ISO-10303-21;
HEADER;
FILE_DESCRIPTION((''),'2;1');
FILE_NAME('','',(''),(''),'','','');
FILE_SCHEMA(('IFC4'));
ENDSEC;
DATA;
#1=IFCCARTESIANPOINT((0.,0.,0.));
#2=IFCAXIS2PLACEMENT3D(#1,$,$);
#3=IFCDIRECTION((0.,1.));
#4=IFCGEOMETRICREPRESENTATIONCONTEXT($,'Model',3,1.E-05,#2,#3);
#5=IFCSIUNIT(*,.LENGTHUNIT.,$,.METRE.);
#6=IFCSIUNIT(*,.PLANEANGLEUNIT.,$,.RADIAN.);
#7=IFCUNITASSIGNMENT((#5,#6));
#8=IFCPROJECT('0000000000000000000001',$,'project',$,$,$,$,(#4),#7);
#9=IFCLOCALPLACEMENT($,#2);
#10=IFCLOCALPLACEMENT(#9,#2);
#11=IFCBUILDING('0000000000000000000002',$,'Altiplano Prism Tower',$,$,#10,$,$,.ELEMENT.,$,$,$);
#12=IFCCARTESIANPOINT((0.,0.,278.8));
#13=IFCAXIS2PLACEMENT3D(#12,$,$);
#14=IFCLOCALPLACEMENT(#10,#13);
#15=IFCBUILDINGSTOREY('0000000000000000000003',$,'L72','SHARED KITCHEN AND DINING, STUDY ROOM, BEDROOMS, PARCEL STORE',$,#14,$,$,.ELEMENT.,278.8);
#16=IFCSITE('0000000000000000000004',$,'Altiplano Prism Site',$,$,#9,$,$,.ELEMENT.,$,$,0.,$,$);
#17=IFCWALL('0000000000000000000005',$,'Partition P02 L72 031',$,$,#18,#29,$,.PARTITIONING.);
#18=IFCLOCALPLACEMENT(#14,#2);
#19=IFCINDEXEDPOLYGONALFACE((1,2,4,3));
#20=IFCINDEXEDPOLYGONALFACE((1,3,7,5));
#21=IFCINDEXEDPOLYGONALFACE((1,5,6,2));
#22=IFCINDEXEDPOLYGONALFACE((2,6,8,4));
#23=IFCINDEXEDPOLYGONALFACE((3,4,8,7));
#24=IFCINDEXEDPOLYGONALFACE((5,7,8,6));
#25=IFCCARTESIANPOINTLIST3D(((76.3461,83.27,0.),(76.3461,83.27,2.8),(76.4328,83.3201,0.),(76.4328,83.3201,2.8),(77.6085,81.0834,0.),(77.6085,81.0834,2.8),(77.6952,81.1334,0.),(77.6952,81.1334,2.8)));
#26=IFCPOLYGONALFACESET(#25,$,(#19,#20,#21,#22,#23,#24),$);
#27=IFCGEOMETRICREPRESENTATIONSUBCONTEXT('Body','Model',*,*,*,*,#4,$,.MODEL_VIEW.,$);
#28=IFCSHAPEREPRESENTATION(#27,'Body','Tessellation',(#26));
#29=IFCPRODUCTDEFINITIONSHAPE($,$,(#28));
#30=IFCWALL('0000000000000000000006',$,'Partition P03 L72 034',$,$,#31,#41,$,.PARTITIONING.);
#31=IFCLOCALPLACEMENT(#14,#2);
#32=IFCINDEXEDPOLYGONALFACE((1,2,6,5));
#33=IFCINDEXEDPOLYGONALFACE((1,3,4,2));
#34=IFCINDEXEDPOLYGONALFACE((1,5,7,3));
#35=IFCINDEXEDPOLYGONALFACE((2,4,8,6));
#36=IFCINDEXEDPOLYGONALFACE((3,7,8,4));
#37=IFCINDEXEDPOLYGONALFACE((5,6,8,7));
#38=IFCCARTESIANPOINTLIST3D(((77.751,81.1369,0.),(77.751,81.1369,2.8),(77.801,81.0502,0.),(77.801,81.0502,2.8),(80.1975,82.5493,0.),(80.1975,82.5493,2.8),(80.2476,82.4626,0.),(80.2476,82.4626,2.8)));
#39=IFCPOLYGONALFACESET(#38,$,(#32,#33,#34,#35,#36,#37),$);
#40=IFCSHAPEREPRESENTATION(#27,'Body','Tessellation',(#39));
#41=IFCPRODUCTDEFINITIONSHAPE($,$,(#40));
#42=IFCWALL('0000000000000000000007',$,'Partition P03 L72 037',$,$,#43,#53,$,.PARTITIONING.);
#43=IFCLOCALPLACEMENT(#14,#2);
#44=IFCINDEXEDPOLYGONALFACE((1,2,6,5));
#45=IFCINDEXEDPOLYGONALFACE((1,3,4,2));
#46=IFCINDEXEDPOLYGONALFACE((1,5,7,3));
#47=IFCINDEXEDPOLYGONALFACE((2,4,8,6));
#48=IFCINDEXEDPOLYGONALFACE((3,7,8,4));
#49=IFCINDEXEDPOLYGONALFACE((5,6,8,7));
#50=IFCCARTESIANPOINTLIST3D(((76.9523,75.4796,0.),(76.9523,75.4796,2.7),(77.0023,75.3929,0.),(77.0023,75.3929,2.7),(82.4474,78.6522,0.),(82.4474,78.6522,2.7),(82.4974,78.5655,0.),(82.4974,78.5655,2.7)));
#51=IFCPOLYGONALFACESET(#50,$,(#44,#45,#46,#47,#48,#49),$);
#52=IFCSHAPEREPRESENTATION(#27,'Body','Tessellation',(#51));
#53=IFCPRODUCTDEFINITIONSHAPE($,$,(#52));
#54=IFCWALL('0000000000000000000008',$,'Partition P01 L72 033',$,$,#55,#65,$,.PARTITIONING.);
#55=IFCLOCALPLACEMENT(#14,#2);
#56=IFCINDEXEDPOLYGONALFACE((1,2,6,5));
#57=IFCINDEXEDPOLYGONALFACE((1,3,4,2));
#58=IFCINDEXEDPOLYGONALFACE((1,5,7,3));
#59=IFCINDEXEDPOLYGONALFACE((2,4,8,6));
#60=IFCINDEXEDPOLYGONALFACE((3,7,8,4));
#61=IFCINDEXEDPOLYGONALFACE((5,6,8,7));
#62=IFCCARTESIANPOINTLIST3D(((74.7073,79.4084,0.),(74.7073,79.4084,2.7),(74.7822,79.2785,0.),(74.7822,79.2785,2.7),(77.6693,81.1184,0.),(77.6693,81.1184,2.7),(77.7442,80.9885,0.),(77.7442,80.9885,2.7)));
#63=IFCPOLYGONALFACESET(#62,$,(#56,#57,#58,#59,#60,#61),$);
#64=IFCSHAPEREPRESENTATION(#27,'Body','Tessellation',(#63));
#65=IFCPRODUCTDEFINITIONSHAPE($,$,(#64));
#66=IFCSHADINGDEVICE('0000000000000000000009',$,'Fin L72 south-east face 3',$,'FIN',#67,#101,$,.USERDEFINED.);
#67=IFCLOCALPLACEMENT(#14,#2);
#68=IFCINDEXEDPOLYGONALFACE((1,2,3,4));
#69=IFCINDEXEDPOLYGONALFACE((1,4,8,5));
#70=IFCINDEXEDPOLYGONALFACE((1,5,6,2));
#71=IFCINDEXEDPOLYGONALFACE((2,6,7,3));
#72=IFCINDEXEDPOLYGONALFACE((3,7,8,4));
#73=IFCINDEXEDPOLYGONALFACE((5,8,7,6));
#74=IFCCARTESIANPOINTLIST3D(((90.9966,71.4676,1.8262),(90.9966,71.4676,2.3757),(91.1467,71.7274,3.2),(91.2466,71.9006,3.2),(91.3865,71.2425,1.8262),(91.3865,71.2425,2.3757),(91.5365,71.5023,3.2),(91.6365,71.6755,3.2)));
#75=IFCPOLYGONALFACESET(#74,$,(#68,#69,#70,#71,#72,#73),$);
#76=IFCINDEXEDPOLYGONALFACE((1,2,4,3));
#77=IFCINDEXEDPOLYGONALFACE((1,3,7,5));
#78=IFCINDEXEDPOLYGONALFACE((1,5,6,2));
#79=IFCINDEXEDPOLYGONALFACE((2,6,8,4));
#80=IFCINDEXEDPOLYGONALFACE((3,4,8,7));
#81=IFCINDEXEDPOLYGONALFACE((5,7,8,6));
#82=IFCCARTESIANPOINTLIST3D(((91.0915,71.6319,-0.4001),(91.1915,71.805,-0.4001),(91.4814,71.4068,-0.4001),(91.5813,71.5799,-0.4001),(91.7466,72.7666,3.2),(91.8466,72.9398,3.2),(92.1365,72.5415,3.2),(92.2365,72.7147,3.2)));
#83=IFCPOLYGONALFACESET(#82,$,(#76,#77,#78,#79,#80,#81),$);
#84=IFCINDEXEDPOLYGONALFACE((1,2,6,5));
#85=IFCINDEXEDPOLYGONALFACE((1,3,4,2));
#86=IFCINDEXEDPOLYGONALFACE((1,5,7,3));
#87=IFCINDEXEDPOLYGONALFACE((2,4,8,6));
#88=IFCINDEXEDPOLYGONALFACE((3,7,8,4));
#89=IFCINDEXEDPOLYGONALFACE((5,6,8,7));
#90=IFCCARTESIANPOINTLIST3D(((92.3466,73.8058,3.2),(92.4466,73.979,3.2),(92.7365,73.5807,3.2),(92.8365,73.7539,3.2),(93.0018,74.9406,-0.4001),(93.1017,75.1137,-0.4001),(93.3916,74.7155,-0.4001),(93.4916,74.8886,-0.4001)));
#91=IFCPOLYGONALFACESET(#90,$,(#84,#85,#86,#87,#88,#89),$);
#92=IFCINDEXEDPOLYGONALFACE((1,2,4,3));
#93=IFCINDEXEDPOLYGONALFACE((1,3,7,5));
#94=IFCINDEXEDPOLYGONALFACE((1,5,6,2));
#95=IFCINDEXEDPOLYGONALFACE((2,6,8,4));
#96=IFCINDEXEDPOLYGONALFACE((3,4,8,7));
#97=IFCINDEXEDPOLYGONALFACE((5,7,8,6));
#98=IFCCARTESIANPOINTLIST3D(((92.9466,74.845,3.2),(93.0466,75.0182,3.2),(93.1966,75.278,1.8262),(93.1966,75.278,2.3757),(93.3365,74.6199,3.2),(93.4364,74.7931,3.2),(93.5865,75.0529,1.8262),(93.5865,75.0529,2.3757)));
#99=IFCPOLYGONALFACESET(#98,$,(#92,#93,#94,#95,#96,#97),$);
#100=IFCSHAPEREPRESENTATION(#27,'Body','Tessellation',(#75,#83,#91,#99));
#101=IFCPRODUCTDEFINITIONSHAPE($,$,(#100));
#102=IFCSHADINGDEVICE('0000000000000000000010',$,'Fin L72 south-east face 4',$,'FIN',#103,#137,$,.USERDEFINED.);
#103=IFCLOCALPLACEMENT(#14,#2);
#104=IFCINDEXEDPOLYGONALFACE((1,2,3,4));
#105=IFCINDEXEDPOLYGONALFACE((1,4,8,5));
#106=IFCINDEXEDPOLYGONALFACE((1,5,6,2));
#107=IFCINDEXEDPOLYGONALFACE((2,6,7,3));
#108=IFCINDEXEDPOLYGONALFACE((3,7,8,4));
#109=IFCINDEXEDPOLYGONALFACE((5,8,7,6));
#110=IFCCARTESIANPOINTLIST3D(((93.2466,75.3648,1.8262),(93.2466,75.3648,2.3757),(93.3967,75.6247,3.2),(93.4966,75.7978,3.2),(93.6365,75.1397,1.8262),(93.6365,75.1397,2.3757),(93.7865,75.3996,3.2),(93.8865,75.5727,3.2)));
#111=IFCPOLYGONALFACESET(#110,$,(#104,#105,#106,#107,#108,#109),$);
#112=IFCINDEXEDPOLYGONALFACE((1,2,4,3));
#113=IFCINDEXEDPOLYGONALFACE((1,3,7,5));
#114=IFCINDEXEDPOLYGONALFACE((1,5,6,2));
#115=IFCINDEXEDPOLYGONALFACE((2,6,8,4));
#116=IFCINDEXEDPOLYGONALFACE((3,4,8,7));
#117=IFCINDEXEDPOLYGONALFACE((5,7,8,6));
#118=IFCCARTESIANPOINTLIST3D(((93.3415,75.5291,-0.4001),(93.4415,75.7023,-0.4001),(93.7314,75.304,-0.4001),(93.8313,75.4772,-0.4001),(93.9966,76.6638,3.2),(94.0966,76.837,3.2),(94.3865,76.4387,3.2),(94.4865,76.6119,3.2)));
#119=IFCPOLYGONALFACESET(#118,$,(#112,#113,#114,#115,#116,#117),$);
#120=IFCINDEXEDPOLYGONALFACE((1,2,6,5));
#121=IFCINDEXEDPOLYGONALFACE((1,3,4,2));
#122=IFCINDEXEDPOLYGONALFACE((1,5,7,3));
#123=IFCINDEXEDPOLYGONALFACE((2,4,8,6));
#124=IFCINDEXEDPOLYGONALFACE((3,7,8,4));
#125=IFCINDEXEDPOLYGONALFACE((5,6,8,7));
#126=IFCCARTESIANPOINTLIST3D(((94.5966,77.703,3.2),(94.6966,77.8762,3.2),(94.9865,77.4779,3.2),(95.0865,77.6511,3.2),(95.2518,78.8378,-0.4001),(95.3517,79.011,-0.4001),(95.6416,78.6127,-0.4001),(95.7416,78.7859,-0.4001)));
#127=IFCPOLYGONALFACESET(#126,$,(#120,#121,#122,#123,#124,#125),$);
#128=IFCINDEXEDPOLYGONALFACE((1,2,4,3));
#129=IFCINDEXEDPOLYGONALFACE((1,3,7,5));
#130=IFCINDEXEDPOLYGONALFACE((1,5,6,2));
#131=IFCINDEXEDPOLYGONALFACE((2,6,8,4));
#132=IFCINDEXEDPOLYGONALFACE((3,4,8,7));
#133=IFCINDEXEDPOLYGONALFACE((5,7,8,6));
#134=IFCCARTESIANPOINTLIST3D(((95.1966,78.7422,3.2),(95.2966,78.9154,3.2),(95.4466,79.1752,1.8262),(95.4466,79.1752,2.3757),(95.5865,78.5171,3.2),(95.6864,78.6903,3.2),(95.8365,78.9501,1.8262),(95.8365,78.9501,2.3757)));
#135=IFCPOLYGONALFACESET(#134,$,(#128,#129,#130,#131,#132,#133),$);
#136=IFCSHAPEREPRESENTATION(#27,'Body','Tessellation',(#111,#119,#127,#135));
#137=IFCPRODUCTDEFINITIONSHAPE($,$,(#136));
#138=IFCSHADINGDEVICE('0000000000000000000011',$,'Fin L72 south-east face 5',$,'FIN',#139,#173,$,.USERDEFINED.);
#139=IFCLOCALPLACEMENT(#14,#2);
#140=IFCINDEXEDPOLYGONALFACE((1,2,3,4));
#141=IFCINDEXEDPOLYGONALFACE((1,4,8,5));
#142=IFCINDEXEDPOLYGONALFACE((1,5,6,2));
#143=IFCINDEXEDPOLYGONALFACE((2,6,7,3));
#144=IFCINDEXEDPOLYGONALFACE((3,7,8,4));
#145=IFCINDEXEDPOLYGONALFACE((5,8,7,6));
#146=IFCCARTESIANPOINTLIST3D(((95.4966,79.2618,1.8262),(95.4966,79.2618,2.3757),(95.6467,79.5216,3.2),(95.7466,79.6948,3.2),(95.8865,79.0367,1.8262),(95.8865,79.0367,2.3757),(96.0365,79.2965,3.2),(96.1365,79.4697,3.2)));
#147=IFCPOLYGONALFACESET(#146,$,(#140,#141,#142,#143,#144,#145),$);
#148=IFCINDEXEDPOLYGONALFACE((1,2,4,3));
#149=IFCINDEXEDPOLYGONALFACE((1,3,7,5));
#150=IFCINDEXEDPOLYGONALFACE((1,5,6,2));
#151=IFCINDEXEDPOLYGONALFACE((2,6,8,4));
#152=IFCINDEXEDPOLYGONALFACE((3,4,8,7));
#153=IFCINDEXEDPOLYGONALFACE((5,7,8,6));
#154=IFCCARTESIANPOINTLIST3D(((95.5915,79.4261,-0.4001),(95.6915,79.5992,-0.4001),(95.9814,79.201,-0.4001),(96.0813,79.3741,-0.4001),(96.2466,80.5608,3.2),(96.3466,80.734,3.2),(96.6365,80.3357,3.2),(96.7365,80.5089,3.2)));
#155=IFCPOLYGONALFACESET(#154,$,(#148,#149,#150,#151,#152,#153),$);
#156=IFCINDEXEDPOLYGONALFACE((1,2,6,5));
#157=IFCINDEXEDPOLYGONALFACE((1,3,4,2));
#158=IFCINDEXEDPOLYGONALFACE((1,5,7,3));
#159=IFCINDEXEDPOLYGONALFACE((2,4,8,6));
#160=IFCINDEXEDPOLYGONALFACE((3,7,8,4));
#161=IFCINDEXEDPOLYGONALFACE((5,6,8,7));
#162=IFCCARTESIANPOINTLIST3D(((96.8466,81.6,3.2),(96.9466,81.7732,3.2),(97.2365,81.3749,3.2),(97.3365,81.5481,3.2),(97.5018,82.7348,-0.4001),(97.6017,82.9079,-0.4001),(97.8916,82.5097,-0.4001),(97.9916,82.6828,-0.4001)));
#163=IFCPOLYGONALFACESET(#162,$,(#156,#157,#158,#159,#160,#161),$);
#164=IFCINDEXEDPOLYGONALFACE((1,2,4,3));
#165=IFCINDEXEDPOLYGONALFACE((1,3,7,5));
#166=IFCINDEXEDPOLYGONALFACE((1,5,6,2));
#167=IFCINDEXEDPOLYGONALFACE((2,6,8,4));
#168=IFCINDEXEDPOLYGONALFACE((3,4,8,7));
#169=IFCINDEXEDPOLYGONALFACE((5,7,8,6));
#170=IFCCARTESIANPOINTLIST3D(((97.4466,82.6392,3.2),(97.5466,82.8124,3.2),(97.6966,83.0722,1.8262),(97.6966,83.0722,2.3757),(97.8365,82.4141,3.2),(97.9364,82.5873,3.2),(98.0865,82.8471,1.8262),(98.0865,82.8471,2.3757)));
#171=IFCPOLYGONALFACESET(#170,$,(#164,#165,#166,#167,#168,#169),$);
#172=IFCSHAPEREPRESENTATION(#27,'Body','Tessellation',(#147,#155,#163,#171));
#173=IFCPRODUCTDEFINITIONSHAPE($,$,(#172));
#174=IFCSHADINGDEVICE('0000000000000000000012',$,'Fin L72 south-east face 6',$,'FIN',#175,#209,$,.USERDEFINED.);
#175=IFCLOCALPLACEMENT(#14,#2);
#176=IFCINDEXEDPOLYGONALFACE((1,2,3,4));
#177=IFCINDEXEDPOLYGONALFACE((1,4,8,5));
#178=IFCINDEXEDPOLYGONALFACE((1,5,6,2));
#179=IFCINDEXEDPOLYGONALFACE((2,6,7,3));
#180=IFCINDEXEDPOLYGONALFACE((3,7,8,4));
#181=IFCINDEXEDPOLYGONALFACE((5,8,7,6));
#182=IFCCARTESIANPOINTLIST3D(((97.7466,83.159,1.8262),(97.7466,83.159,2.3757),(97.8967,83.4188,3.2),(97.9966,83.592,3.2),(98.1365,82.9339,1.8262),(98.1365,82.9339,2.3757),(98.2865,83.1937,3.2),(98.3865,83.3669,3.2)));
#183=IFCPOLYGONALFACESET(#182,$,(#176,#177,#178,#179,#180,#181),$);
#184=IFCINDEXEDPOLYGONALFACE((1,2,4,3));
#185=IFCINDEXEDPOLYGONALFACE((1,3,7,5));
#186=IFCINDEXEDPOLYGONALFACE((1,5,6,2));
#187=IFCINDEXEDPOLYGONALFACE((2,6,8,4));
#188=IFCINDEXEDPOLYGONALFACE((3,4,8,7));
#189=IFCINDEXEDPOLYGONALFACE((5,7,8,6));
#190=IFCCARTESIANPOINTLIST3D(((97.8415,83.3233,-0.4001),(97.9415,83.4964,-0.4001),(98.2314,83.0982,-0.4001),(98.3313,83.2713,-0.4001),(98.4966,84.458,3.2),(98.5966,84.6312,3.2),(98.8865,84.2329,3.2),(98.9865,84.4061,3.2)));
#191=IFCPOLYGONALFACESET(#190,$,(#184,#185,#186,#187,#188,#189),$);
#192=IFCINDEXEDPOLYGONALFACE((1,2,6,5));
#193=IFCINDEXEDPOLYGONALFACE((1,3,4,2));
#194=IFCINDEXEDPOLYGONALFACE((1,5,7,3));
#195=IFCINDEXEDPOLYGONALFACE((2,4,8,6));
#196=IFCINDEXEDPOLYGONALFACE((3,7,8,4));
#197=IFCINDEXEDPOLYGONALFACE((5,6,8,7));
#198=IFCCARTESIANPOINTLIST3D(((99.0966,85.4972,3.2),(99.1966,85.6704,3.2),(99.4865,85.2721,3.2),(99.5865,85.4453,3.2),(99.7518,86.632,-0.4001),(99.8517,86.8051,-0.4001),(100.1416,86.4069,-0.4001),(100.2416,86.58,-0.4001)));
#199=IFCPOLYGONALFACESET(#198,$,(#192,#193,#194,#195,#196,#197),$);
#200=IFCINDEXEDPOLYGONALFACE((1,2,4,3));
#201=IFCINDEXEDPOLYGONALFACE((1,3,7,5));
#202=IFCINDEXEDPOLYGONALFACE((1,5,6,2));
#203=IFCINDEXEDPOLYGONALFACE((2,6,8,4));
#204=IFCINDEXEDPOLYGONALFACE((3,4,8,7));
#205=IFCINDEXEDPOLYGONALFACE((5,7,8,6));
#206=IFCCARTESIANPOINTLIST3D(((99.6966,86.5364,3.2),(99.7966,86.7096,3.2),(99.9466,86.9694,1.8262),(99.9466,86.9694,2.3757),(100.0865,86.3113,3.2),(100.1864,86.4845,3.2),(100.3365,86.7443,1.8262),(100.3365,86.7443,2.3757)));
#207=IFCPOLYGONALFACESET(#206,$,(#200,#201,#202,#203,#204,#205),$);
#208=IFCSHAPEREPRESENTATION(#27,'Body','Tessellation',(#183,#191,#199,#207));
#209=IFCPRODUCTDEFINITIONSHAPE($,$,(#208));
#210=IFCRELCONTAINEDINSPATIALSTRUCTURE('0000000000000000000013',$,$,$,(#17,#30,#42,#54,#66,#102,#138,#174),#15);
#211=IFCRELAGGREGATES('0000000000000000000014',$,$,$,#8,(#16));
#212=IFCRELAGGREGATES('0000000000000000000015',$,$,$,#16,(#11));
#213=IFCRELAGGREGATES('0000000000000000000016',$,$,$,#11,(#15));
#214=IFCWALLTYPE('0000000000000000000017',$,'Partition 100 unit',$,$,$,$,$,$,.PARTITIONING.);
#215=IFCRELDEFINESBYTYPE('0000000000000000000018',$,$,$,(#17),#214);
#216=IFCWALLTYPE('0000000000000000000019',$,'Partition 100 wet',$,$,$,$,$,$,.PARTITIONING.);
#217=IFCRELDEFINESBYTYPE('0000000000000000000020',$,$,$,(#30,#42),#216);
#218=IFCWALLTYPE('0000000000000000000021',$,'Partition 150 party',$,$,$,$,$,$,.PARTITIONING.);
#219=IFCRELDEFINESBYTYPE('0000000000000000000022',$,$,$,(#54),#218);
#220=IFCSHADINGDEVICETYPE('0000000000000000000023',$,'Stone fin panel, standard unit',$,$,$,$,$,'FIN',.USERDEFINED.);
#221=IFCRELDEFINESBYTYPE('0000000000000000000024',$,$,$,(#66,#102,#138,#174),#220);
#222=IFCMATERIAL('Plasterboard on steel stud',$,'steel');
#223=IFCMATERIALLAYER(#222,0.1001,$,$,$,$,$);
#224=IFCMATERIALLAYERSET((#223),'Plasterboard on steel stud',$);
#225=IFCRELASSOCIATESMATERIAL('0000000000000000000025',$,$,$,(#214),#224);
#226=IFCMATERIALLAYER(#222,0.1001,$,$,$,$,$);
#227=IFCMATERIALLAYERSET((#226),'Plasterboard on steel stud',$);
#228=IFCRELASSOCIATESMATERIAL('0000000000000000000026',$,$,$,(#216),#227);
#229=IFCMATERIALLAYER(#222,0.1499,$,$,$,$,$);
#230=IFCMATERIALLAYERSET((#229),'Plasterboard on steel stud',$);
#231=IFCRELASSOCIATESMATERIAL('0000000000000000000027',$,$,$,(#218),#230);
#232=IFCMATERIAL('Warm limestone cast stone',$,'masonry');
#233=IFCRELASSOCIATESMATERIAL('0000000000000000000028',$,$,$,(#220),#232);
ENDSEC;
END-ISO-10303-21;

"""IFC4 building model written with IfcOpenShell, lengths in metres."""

from ifc_helpers import new_model, si_unit, direction, frame, frame_2d, origin, place, context, subcontext, project, spatial, polyline, rectangle, outline, extrude, source, transform, mapped, material, layer, layer_set, type_object, element, save


model = new_model("IFC4")

# Units and contexts
model_context = context("Model", 3, precision=1e-05, world=origin(), true_north=direction((0.0, 1.0)))
body_context = subcontext(model_context, "Body", "Model", "MODEL_VIEW")
ifc_project = project(units=[si_unit("LENGTHUNIT", "METRE"), si_unit("PLANEANGLEUNIT", "RADIAN")], contexts=[model_context])

# Site, building, storey
site_placement = place(None, origin())
site = spatial("IfcSite", under=ifc_project, at=site_placement, Name="Altiplano Prism Site", CompositionType="ELEMENT", RefElevation=0.0)
building_placement = place(site_placement, origin())
building = spatial("IfcBuilding", under=site, at=building_placement, Name="Altiplano Prism Tower", CompositionType="ELEMENT")
storey_placement = place(building_placement, frame((0.0, 0.0, 278.8)))
storey = spatial("IfcBuildingStorey", under=building, at=storey_placement, Name="L72", Description="SHARED KITCHEN AND DINING, STUDY ROOM, BEDROOMS, PARCEL STORE", CompositionType="ELEMENT", Elevation=278.8)

# Walls
ifc_material_1 = material(Name="Plasterboard on steel stud", Category="steel")
ifc_layer_1 = layer(ifc_material_1, 0.1001)
ifc_layer_set_1 = layer_set([ifc_layer_1], Name="Plasterboard on steel stud")
wall_type_1 = type_object("IfcWallType", Name="Partition 100 unit", PredefinedType="PARTITIONING", material=ifc_layer_set_1)
wall_1_placement = place(storey_placement, frame((77.6519, 81.1084, 0.0), z_axis=(0.0, 0.0, 1.0), x_axis=(-0.499976, 0.866039, 0.0)))
element("IfcWall", 1, at=wall_1_placement, inside=storey, type_object=wall_type_1, Name="Partition P02 L72 031", PredefinedType="PARTITIONING", context=body_context, shape_type="SweptSolid", body=[
    extrude(rectangle(XDim=2.5249, YDim=0.1001, at=frame_2d((1.2625, 0.0))), origin(), (0.0, 0.0, 1.0), 2.8),
])
ifc_layer_2 = layer(ifc_material_1, 0.1001)
ifc_layer_set_2 = layer_set([ifc_layer_2], Name="Plasterboard on steel stud")
wall_type_2 = type_object("IfcWallType", Name="Partition 100 wet", PredefinedType="PARTITIONING", material=ifc_layer_set_2)
wall_2_placement = place(storey_placement, frame((77.7759, 81.0935, 0.0), z_axis=(0.0, 0.0, 1.0), x_axis=(0.866049, 0.499959, 0.0)))
element("IfcWall", 2, at=wall_2_placement, inside=storey, type_object=wall_type_2, Name="Partition P03 L72 034", PredefinedType="PARTITIONING", context=body_context, shape_type="SweptSolid", body=[
    extrude(rectangle(XDim=2.825, YDim=0.1001, at=frame_2d((1.4126, 0.0))), origin(), (0.0, 0.0, 1.0), 2.8),
])
wall_3_placement = place(storey_placement, frame((76.9773, 75.4363, 0.0), z_axis=(0.0, 0.0, 1.0), x_axis=(0.866025, 0.5, 0.0)))
element("IfcWall", 3, at=wall_3_placement, inside=storey, type_object=wall_type_2, Name="Partition P03 L72 037", PredefinedType="PARTITIONING", context=body_context, shape_type="SweptSolid", body=[
    extrude(rectangle(XDim=6.3452, YDim=0.1001, at=frame_2d((3.1726, 0.0))), origin(), (0.0, 0.0, 1.0), 2.7),
])
ifc_layer_3 = layer(ifc_material_1, 0.1499)
ifc_layer_set_3 = layer_set([ifc_layer_3], Name="Plasterboard on steel stud")
wall_type_3 = type_object("IfcWallType", Name="Partition 150 party", PredefinedType="PARTITIONING", material=ifc_layer_set_3)
wall_4_placement = place(storey_placement, frame((74.7449, 79.3435, 0.0), z_axis=(0.0, 0.0, 1.0), x_axis=(0.866038, 0.499978, 0.0)))
element("IfcWall", 4, at=wall_4_placement, inside=storey, type_object=wall_type_3, Name="Partition P01 L72 033", PredefinedType="PARTITIONING", context=body_context, shape_type="SweptSolid", body=[
    extrude(rectangle(XDim=3.4202, YDim=0.1499, at=frame_2d((1.71, 0.0))), origin(), (0.0, 0.0, 1.0), 2.7),
])

# Shading devices
ifc_material_2 = material(Name="Warm limestone cast stone", Category="masonry")
shading_device_type_1 = type_object("IfcShadingDeviceType", Name="Stone fin panel, standard unit", ElementType="FIN", PredefinedType="USERDEFINED", material=ifc_material_2)
shared_shape_1 = source(origin(), body_context, "Body", "SweptSolid", [
    extrude(outline(polyline([(-2.2, 2.2263), (-1.7, 3.6001), (-1.8999, 3.6001), (-2.2, 2.7759), (-2.2, 2.2263)])), frame((0.0, -0.1499, 0.0), z_axis=(0.0, -1.0, 0.0), x_axis=(1.0, 0.0, 0.0)), (0.0, 0.0, 1.0), 0.4502),
    extrude(outline(polyline([(-2.0103, 0.0), (-1.8103, 0.0), (-0.5, 3.6001), (-0.7, 3.6001), (-2.0103, 0.0)])), frame((0.0, -0.1499, 0.0), z_axis=(0.0, -1.0, 0.0), x_axis=(1.0, 0.0, 0.0)), (0.0, 0.0, 1.0), 0.4502),
    extrude(outline(polyline([(1.8103, 0.0), (2.0103, 0.0), (0.7, 3.6001), (0.5, 3.6001), (1.8103, 0.0)])), frame((0.0, -0.1499, 0.0), z_axis=(0.0, -1.0, 0.0), x_axis=(1.0, 0.0, 0.0)), (0.0, 0.0, 1.0), 0.4502),
    extrude(outline(polyline([(2.2, 2.7759), (1.8999, 3.6001), (1.7, 3.6001), (2.2, 2.2263), (2.2, 2.7759)])), frame((0.0, -0.1499, 0.0), z_axis=(0.0, -1.0, 0.0), x_axis=(1.0, 0.0, 0.0)), (0.0, 0.0, 1.0), 0.4502),
])
shading_device_1_placement = place(storey_placement, origin())
element("IfcShadingDevice", 5, at=shading_device_1_placement, inside=storey, type_object=shading_device_type_1, Name="Fin L72 south-east face 3", ObjectType="FIN", PredefinedType="USERDEFINED", context=body_context, shape_type="MappedRepresentation", body=[
    mapped(shared_shape_1, transform((91.9668, 73.4478, -0.4001), x_axis=(0.5, 0.866025, 0.0), y_axis=(-0.866025, 0.5, 0.0), z_axis=(0.0, 0.0, 1.0))),
])
shading_device_2_placement = place(storey_placement, origin())
element("IfcShadingDevice", 6, at=shading_device_2_placement, inside=storey, type_object=shading_device_type_1, Name="Fin L72 south-east face 4", ObjectType="FIN", PredefinedType="USERDEFINED", context=body_context, shape_type="MappedRepresentation", body=[
    mapped(shared_shape_1, transform((94.2168, 77.345, -0.4001), x_axis=(0.5, 0.866025, 0.0), y_axis=(-0.866025, 0.5, 0.0), z_axis=(0.0, 0.0, 1.0))),
])
shading_device_3_placement = place(storey_placement, origin())
element("IfcShadingDevice", 7, at=shading_device_3_placement, inside=storey, type_object=shading_device_type_1, Name="Fin L72 south-east face 5", ObjectType="FIN", PredefinedType="USERDEFINED", context=body_context, shape_type="MappedRepresentation", body=[
    mapped(shared_shape_1, transform((96.4668, 81.2419, -0.4001), x_axis=(0.5, 0.866025, 0.0), y_axis=(-0.866025, 0.5, 0.0), z_axis=(0.0, 0.0, 1.0))),
])
shading_device_4_placement = place(storey_placement, origin())
element("IfcShadingDevice", 8, at=shading_device_4_placement, inside=storey, type_object=shading_device_type_1, Name="Fin L72 south-east face 6", ObjectType="FIN", PredefinedType="USERDEFINED", context=body_context, shape_type="MappedRepresentation", body=[
    mapped(shared_shape_1, transform((98.7168, 85.1392, -0.4001), x_axis=(0.5, 0.866025, 0.0), y_axis=(-0.866025, 0.5, 0.0), z_axis=(0.0, 0.0, 1.0))),
])

save(model, "model.ifc")
